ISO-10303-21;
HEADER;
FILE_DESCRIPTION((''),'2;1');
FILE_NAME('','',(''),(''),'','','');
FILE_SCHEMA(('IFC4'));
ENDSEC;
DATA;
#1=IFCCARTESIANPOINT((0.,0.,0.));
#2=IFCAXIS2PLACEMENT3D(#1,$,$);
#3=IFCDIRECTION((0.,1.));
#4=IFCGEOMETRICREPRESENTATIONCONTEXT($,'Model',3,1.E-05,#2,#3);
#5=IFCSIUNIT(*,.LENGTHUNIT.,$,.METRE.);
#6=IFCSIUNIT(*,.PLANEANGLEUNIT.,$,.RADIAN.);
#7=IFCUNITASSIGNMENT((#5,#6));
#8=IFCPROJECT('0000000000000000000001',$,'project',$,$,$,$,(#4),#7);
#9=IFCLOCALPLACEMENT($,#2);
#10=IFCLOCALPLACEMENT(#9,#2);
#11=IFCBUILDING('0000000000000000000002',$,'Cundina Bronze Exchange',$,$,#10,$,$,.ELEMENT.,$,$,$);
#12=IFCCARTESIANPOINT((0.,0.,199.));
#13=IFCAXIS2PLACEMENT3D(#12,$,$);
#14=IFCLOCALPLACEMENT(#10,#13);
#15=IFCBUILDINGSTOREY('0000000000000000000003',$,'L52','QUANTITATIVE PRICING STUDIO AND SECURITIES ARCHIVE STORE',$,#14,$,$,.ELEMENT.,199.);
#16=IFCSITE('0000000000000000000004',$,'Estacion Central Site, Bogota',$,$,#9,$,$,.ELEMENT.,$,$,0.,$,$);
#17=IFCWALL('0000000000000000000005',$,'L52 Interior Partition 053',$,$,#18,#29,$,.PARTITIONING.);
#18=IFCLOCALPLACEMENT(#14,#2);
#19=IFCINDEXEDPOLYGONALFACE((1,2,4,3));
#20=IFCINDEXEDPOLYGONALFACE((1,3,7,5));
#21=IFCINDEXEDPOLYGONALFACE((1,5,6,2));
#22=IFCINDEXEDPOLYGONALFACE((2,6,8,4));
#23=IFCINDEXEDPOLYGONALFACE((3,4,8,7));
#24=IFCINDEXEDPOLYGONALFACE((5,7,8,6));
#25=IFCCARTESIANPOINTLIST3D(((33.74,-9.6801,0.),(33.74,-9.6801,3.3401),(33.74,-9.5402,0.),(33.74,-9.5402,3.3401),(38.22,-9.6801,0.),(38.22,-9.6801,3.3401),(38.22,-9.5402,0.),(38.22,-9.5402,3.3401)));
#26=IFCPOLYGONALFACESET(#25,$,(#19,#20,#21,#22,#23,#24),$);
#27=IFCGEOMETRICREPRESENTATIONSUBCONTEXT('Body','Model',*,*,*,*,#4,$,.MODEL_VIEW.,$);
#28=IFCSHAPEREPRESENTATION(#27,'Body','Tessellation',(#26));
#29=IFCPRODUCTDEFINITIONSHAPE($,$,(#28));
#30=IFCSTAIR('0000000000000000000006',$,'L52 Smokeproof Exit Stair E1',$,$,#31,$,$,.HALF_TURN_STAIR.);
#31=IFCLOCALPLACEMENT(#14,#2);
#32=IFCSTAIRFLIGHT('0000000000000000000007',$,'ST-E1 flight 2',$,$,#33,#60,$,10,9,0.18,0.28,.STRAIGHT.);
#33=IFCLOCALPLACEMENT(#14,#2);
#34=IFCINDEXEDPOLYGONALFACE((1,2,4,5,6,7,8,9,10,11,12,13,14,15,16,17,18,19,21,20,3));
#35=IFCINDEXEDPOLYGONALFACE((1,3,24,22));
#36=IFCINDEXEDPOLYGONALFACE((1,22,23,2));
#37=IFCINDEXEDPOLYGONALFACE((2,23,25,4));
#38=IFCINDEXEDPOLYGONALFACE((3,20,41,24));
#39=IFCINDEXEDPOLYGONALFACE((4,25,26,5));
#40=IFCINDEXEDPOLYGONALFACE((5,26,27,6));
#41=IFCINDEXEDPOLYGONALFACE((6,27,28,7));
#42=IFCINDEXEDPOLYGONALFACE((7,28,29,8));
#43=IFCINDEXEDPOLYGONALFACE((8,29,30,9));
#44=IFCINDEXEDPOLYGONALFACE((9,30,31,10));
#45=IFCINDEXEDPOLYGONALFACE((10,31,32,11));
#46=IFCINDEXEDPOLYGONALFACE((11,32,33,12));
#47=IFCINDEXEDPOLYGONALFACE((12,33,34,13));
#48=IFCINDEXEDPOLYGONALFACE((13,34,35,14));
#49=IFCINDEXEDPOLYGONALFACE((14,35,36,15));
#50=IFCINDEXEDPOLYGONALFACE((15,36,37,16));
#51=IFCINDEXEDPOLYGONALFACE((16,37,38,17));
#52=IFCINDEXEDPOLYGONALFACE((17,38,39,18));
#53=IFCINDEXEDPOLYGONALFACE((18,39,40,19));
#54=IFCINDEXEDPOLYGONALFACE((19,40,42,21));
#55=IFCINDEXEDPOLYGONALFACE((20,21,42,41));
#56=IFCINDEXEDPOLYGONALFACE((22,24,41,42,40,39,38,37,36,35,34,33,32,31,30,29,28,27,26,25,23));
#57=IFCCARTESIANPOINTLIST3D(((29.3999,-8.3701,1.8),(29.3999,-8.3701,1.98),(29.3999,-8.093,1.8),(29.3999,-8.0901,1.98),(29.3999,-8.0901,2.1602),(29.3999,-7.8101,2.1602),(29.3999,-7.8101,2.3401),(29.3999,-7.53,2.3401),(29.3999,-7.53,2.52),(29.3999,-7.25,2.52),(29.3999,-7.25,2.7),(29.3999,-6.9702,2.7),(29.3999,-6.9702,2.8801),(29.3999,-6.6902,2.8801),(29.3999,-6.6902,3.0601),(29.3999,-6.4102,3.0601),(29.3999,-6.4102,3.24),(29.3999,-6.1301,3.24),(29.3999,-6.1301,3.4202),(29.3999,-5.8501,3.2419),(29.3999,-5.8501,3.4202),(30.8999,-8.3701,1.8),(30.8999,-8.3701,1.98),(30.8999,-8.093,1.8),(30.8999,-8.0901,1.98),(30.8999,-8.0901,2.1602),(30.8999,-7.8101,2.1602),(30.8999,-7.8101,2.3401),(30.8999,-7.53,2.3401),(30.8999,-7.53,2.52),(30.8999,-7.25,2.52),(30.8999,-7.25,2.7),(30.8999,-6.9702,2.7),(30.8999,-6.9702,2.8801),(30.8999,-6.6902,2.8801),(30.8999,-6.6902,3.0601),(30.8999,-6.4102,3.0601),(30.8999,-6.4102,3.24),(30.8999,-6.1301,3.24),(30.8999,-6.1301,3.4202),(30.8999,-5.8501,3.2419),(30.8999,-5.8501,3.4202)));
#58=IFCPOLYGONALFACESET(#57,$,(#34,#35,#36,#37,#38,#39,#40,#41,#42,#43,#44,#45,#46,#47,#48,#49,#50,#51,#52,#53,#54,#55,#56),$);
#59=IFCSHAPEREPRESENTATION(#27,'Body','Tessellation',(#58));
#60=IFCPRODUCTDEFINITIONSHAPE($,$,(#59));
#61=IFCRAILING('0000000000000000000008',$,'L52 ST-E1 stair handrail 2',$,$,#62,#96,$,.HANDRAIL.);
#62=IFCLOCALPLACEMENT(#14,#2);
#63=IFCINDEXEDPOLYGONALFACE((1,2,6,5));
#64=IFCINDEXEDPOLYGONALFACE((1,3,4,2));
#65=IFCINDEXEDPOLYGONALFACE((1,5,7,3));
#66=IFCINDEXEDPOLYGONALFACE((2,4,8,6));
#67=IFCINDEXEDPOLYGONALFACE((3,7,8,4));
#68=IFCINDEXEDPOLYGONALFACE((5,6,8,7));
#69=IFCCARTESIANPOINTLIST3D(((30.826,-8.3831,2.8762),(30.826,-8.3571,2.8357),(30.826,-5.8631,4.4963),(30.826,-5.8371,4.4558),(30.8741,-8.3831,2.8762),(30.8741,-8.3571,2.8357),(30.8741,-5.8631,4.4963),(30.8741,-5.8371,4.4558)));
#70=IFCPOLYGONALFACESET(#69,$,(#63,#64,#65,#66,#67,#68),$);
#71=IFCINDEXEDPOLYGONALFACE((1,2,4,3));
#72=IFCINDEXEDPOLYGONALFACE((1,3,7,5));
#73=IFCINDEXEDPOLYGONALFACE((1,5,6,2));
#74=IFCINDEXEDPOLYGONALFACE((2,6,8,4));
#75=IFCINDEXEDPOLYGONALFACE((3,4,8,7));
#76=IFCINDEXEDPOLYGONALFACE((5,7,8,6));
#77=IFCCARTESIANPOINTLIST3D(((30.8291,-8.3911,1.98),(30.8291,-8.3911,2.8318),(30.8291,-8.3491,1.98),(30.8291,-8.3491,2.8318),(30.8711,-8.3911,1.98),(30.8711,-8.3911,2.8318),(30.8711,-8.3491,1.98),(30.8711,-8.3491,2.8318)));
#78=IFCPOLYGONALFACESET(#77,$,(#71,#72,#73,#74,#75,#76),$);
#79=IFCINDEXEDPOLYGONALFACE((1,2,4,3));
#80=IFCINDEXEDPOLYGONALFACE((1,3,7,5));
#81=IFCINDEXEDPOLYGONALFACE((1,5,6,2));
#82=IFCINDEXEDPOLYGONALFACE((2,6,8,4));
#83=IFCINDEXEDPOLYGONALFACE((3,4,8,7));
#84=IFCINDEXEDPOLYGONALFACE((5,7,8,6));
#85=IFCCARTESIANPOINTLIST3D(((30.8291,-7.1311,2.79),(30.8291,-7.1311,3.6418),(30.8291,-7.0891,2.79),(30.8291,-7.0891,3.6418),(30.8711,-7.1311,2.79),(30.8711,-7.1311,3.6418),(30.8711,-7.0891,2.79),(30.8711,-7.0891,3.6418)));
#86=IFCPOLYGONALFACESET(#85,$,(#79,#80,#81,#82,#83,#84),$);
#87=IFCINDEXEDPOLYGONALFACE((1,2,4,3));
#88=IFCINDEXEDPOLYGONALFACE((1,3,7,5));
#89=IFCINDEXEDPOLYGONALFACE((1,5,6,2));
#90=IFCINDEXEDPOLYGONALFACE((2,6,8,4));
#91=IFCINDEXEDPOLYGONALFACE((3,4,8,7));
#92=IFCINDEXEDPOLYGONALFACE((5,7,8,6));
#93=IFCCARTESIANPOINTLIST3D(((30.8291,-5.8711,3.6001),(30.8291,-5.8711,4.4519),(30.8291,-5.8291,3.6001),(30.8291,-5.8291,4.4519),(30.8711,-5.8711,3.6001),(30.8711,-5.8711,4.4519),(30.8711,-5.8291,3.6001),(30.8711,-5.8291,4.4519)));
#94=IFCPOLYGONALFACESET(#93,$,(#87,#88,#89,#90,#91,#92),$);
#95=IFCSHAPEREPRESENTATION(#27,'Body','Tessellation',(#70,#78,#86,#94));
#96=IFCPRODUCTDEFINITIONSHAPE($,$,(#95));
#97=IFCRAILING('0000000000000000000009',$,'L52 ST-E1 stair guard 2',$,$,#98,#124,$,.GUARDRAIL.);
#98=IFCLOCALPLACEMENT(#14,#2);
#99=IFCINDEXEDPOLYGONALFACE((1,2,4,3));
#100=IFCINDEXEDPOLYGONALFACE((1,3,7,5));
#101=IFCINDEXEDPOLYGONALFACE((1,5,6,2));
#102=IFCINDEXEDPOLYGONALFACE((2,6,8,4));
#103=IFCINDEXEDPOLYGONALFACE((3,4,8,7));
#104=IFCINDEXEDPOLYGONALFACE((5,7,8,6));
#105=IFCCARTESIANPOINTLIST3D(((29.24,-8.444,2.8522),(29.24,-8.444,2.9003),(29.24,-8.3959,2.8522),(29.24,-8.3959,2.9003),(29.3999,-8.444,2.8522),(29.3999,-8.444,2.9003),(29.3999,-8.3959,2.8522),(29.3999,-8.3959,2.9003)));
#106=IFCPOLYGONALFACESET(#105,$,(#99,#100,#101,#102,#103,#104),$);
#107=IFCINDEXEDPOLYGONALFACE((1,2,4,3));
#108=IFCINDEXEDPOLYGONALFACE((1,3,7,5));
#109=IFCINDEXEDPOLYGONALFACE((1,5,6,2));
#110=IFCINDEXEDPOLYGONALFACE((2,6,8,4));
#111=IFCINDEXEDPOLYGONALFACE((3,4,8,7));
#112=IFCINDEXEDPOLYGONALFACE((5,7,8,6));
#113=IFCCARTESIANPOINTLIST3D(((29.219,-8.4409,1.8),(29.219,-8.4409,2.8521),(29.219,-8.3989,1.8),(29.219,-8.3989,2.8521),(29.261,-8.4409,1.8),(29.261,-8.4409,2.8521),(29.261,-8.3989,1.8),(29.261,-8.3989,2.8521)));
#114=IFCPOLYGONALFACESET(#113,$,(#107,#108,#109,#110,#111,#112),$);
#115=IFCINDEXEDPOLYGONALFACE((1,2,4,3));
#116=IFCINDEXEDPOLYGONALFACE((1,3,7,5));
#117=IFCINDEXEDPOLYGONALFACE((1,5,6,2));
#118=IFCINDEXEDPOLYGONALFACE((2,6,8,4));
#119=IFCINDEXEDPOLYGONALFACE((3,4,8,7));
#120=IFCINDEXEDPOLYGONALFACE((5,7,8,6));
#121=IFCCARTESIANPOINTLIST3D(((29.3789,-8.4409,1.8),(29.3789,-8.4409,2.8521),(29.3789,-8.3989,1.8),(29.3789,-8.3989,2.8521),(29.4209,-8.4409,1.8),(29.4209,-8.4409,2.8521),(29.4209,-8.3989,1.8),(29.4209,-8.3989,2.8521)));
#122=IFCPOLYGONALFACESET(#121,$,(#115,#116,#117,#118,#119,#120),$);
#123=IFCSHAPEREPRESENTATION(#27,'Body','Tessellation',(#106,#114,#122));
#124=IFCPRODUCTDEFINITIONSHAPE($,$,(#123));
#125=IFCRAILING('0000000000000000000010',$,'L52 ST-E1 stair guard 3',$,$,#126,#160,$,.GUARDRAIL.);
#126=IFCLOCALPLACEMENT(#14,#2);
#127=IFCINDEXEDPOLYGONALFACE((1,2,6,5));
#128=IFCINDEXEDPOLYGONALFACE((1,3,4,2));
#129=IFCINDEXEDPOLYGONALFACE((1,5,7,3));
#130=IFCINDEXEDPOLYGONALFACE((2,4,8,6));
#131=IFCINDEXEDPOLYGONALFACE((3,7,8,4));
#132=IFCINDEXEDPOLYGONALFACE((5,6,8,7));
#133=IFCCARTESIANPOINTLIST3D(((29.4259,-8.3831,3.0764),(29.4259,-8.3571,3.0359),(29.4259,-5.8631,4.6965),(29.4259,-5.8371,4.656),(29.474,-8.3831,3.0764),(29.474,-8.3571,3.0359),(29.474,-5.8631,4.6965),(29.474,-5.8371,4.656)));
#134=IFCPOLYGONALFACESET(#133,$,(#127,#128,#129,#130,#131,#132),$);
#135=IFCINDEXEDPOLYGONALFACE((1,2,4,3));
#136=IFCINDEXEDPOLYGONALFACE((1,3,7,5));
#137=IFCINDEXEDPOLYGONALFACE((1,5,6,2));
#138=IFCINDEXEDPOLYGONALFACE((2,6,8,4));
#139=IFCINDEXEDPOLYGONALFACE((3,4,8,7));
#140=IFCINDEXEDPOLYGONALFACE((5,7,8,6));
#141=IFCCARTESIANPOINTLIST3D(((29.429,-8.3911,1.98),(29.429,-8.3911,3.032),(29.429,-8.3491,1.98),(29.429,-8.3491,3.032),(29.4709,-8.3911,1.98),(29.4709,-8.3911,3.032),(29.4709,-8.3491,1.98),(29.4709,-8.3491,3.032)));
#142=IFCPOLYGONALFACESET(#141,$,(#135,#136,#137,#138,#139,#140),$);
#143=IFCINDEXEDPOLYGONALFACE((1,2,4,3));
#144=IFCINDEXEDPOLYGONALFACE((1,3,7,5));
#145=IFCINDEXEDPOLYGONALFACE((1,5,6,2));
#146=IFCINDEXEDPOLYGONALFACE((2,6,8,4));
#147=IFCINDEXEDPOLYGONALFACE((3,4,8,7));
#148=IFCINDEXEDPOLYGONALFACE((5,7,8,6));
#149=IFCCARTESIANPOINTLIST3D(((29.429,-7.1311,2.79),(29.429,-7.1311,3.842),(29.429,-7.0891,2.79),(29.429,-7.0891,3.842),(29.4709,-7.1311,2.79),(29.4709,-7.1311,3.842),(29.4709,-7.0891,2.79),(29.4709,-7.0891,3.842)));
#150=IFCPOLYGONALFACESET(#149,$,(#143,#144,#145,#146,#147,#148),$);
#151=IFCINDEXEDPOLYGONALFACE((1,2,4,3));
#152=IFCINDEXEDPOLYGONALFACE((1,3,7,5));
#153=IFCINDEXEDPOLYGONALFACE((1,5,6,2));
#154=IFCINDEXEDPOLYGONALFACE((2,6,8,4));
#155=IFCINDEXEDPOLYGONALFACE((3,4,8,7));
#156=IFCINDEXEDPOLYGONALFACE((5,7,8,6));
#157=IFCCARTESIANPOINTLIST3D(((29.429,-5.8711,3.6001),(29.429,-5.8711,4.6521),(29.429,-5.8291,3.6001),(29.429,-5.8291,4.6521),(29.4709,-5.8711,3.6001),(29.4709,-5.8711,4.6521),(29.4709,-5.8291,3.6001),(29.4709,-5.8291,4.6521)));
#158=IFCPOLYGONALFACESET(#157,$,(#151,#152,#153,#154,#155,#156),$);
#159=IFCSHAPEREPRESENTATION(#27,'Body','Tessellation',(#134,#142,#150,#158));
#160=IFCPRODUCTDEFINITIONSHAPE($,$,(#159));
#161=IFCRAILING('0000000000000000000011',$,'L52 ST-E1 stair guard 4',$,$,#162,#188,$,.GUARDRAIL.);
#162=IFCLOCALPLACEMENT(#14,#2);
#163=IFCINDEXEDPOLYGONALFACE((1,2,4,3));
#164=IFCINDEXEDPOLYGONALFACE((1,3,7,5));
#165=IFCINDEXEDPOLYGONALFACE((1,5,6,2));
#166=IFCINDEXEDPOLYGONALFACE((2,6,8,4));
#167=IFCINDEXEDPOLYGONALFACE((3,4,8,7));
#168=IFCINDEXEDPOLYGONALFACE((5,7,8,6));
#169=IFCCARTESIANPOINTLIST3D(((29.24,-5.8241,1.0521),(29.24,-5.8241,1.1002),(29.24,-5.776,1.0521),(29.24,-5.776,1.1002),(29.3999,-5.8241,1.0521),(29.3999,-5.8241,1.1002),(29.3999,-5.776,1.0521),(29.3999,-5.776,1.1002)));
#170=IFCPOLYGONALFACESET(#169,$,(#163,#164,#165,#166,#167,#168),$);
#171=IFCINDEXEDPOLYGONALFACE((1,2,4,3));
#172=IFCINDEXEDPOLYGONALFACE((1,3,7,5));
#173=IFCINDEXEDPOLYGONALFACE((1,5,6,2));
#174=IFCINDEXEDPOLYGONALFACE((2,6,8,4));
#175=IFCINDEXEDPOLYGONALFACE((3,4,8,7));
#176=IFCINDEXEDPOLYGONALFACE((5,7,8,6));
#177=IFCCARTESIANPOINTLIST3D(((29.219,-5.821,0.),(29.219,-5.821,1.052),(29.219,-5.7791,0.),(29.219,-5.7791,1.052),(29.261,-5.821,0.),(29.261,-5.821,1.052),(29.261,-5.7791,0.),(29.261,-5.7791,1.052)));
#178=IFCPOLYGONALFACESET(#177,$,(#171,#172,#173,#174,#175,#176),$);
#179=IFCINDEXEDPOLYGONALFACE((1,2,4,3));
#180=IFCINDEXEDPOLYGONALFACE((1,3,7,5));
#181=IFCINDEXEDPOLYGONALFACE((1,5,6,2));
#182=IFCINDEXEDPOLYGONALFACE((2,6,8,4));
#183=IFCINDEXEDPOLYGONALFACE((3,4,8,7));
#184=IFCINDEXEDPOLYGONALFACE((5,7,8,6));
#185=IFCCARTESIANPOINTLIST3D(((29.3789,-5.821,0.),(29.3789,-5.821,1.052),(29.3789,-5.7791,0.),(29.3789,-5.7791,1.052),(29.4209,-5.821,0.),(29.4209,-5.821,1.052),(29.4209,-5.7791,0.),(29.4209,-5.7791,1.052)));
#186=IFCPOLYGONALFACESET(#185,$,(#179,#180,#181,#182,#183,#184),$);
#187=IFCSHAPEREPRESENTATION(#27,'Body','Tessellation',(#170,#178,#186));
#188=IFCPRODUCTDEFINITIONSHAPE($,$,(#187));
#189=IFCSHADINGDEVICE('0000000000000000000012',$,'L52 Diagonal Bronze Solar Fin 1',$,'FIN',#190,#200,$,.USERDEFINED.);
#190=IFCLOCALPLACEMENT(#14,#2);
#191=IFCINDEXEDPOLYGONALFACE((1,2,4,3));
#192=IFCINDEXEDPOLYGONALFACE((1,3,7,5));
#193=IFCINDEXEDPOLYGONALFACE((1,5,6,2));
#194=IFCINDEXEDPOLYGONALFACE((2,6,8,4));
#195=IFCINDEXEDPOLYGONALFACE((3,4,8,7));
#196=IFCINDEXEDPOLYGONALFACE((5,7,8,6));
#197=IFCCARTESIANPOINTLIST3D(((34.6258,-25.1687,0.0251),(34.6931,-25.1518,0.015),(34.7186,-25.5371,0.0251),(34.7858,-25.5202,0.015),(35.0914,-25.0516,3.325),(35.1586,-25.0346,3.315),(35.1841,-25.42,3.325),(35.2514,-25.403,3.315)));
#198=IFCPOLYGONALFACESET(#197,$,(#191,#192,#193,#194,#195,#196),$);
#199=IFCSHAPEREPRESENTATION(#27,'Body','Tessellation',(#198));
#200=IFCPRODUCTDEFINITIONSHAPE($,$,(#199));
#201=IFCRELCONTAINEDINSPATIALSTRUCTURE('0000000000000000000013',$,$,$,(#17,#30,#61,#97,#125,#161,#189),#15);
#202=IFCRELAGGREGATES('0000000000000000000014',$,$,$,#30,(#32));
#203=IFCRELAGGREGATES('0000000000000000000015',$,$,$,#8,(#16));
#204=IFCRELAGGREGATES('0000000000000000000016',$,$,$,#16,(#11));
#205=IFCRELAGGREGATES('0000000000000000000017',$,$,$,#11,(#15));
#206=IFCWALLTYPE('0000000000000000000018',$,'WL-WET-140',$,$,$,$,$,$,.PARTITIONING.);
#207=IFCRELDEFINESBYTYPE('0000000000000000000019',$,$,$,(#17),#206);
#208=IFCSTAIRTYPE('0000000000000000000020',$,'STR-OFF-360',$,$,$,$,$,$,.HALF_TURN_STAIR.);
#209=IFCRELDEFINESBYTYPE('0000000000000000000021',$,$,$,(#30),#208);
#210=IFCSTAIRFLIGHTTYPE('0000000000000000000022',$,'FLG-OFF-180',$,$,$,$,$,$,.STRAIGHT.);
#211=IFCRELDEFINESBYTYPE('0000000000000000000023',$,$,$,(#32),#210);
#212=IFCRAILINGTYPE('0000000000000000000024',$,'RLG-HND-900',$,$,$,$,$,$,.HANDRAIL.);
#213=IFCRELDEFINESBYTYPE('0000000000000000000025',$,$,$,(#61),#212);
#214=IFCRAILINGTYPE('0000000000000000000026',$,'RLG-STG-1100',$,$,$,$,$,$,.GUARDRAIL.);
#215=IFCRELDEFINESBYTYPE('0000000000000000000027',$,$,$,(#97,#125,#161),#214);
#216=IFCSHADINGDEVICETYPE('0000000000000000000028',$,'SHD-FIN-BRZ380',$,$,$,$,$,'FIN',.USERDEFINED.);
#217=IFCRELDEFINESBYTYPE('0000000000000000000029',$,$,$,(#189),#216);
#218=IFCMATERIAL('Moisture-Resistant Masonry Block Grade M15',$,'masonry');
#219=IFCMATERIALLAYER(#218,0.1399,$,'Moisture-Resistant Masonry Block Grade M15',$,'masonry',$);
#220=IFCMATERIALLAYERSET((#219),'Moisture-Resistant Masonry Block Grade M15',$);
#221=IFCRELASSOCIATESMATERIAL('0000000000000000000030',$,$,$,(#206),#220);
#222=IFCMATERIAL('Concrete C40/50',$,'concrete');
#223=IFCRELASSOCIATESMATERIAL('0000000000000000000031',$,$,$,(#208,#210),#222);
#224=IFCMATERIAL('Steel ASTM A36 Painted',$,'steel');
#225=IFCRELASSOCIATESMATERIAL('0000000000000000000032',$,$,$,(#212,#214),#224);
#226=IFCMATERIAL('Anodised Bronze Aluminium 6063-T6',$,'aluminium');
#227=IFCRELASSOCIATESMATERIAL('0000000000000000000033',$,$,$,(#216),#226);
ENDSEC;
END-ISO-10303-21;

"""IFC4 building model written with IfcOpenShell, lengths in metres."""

from ifc_helpers import new_model, si_unit, direction, frame, frame_2d, origin, origin_2d, place, context, subcontext, project, spatial, polyline, rectangle, outline, extrude, material, layer, layer_set, material_profile, profile_set, type_object, element, aggregate, save


model = new_model("IFC4")

# Units and contexts
model_context = context("Model", 3, precision=1e-05, world=origin(), true_north=direction((0.0, 1.0)))
body_context = subcontext(model_context, "Body", "Model", "MODEL_VIEW")
ifc_project = project(units=[si_unit("LENGTHUNIT", "METRE"), si_unit("PLANEANGLEUNIT", "RADIAN")], contexts=[model_context])

# Site, building, storey
site_placement = place(None, origin())
site = spatial("IfcSite", under=ifc_project, at=site_placement, Name="Estacion Central Site, Bogota", CompositionType="ELEMENT", RefElevation=0.0)
building_placement = place(site_placement, origin())
building = spatial("IfcBuilding", under=site, at=building_placement, Name="Cundina Bronze Exchange", CompositionType="ELEMENT")
storey_placement = place(building_placement, frame((0.0, 0.0, 199.0)))
storey = spatial("IfcBuildingStorey", under=building, at=storey_placement, Name="L52", Description="QUANTITATIVE PRICING STUDIO AND SECURITIES ARCHIVE STORE", CompositionType="ELEMENT", Elevation=199.0)

# Shared definitions
ifc_material_1 = material(Name="Anodised Bronze Aluminium 6063-T6", Category="aluminium")

# Wall
ifc_material_2 = material(Name="Moisture-Resistant Masonry Block Grade M15", Category="masonry")
ifc_layer_1 = layer(ifc_material_2, 0.1399, Name="Moisture-Resistant Masonry Block Grade M15", Category="masonry")
ifc_layer_set_1 = layer_set([ifc_layer_1], Name="Moisture-Resistant Masonry Block Grade M15")
wall_type_1 = type_object("IfcWallType", Name="WL-WET-140", PredefinedType="PARTITIONING", material=ifc_layer_set_1)
for number, where, z_axis, x_axis, name in (
    (1, (33.74, -9.6101, 0.0), (0.0, 0.0, 1.0), (1.0, 0.0, 0.0), "L52 Interior Partition 053"),
):
    element("IfcWall", number, at=place(storey_placement, frame(where, z_axis=z_axis, x_axis=x_axis)), inside=storey, type_object=wall_type_1, Name=name, PredefinedType="PARTITIONING", context=body_context, shape_type="SweptSolid", body=[
        extrude(rectangle(XDim=4.48, YDim=0.1399, at=frame_2d((2.24, 0.0))), origin(), (0.0, 0.0, 1.0), 3.3401),
    ])

# Stair, stair flight
ifc_material_3 = material(Name="Concrete C40/50", Category="concrete")
stair_type = type_object("IfcStairType", Name="STR-OFF-360", PredefinedType="HALF_TURN_STAIR", material=ifc_material_3)
stair_placement = place(storey_placement, origin())
stair = element("IfcStair", 2, at=stair_placement, inside=storey, type_object=stair_type, Name="L52 Smokeproof Exit Stair E1", PredefinedType="HALF_TURN_STAIR")
stair_flight_type = type_object("IfcStairFlightType", Name="FLG-OFF-180", PredefinedType="STRAIGHT", material=ifc_material_3)
stair_flight_placement = place(storey_placement, frame((30.1499, -8.3701, 1.8), z_axis=(0.0, 0.0, 1.0), x_axis=(0.0, 1.0, 0.0)))
stair_flight = element("IfcStairFlight", 3, at=stair_flight_placement, type_object=stair_flight_type, Name="ST-E1 flight 2", NumberOfRisers=10, NumberOfTreads=9, PredefinedType="STRAIGHT", RiserHeight=0.18, TreadLength=0.28, context=body_context, shape_type="SweptSolid", body=[
    extrude(outline(polyline([(0.0, 0.0), (0.0, 0.1799), (0.28, 0.1799), (0.28, 0.3601), (0.5601, 0.3601), (0.5601, 0.54), (0.8401, 0.54), (0.8401, 0.72), (1.1201, 0.72), (1.1201, 0.8999), (1.3999, 0.8999), (1.3999, 1.0801), (1.6799, 1.0801), (1.6799, 1.26), (1.96, 1.26), (1.96, 1.4399), (2.24, 1.4399), (2.24, 1.6201), (2.52, 1.6201), (2.52, 1.8), (2.52, 1.4419), (0.2771, 0.0), (0.0, 0.0)])), frame((0.0, 0.75, 0.0), z_axis=(0.0, -1.0, 0.0), x_axis=(1.0, 0.0, 0.0)), (0.0, 0.0, 1.0), 1.5),
])
aggregate(stair, [stair_flight])

# Railings
ifc_material_4 = material(Name="Steel ASTM A36 Painted", Category="steel")
railing_type_1 = type_object("IfcRailingType", Name="RLG-HND-900", PredefinedType="HANDRAIL", material=ifc_material_4)
railing_1_placement = place(storey_placement, frame((30.8501, -8.3701, 1.98)))
element("IfcRailing", 4, at=railing_1_placement, inside=storey, type_object=railing_type_1, Name="L52 ST-E1 stair handrail 2", PredefinedType="HANDRAIL", context=body_context, shape_type="SweptSolid", body=[
    extrude(rectangle(XDim=0.0481, YDim=0.0481, at=origin_2d()), frame((0.0, 0.0, 0.876), z_axis=(0.0, 0.841163, 0.540782), x_axis=(-1.0, 0.0, 0.0)), (0.0, 0.0, 1.0), 2.9958),
    extrude(rectangle(XDim=0.042, YDim=0.042, at=origin_2d()), origin(), (0.0, 0.0, 1.0), 0.8518),
    extrude(rectangle(XDim=0.042, YDim=0.042, at=origin_2d()), frame((0.0, 1.26, 0.8101)), (0.0, 0.0, 1.0), 0.8518),
    extrude(rectangle(XDim=0.042, YDim=0.042, at=origin_2d()), frame((0.0, 2.52, 1.6201)), (0.0, 0.0, 1.0), 0.8518),
])
railing_type_2 = type_object("IfcRailingType", Name="RLG-STG-1100", PredefinedType="GUARDRAIL", material=ifc_material_4)
railing_2_placement = place(storey_placement, frame((29.24, -8.4199, 1.8)))
element("IfcRailing", 5, at=railing_2_placement, inside=storey, type_object=railing_type_2, Name="L52 ST-E1 stair guard 2", PredefinedType="GUARDRAIL", context=body_context, shape_type="SweptSolid", body=[
    extrude(rectangle(XDim=0.0481, YDim=0.0481, at=origin_2d()), frame((0.0, 0.0, 1.0762), z_axis=(1.0, 0.0, 0.0), x_axis=(0.0, 1.0, 0.0)), (0.0, 0.0, 1.0), 0.1599),
    extrude(rectangle(XDim=0.042, YDim=0.042, at=origin_2d()), origin(), (0.0, 0.0, 1.0), 1.052),
    extrude(rectangle(XDim=0.042, YDim=0.042, at=origin_2d()), frame((0.1599, 0.0, 0.0)), (0.0, 0.0, 1.0), 1.052),
])
railing_3_placement = place(storey_placement, frame((29.45, -8.3701, 1.98)))
element("IfcRailing", 6, at=railing_3_placement, inside=storey, type_object=railing_type_2, Name="L52 ST-E1 stair guard 3", PredefinedType="GUARDRAIL", context=body_context, shape_type="SweptSolid", body=[
    extrude(rectangle(XDim=0.0481, YDim=0.0481, at=origin_2d()), frame((0.0, 0.0, 1.0762), z_axis=(0.0, 0.841163, 0.540782), x_axis=(-1.0, 0.0, 0.0)), (0.0, 0.0, 1.0), 2.9958),
    extrude(rectangle(XDim=0.042, YDim=0.042, at=origin_2d()), origin(), (0.0, 0.0, 1.0), 1.052),
    extrude(rectangle(XDim=0.042, YDim=0.042, at=origin_2d()), frame((0.0, 1.26, 0.8101)), (0.0, 0.0, 1.0), 1.052),
    extrude(rectangle(XDim=0.042, YDim=0.042, at=origin_2d()), frame((0.0, 2.52, 1.6201)), (0.0, 0.0, 1.0), 1.052),
])
railing_4_placement = place(storey_placement, frame((29.24, -5.8, 0.0)))
element("IfcRailing", 7, at=railing_4_placement, inside=storey, type_object=railing_type_2, Name="L52 ST-E1 stair guard 4", PredefinedType="GUARDRAIL", context=body_context, shape_type="SweptSolid", body=[
    extrude(rectangle(XDim=0.0481, YDim=0.0481, at=origin_2d()), frame((0.0, 0.0, 1.0762), z_axis=(1.0, 0.0, 0.0), x_axis=(0.0, 1.0, 0.0)), (0.0, 0.0, 1.0), 0.1599),
    extrude(rectangle(XDim=0.042, YDim=0.042, at=origin_2d()), origin(), (0.0, 0.0, 1.0), 1.052),
    extrude(rectangle(XDim=0.042, YDim=0.042, at=origin_2d()), frame((0.1599, 0.0, 0.0)), (0.0, 0.0, 1.0), 1.052),
])

# Shading device
ifc_material_profile_1 = material_profile(ifc_material_1, rectangle(XDim=0.0701, YDim=0.3799, at=origin_2d()), Name="FIN70X380", Category="aluminium")
ifc_profile_set_1 = profile_set([ifc_material_profile_1], Name="Anodised Bronze Aluminium 6063-T6")
shading_device_type = type_object("IfcShadingDeviceType", Name="SHD-FIN-BRZ380", ElementType="FIN", PredefinedType="USERDEFINED", material=ifc_profile_set_1)
shading_device_placement = place(storey_placement, frame((34.7058, -25.3445, 0.02), z_axis=(0.139612, 0.035141, 0.989583), x_axis=(-0.95965, -0.241548, 0.143967)))
element("IfcShadingDevice", 8, at=shading_device_placement, inside=storey, type_object=shading_device_type, Name="L52 Diagonal Bronze Solar Fin 1", ObjectType="FIN", PredefinedType="USERDEFINED", context=body_context, shape_type="SweptSolid", body=[
    extrude(rectangle(XDim=0.0701, YDim=0.3799, at=origin_2d()), origin(), (0.0, 0.0, 1.0), 3.3347),
])

save(model, "model.ifc")
